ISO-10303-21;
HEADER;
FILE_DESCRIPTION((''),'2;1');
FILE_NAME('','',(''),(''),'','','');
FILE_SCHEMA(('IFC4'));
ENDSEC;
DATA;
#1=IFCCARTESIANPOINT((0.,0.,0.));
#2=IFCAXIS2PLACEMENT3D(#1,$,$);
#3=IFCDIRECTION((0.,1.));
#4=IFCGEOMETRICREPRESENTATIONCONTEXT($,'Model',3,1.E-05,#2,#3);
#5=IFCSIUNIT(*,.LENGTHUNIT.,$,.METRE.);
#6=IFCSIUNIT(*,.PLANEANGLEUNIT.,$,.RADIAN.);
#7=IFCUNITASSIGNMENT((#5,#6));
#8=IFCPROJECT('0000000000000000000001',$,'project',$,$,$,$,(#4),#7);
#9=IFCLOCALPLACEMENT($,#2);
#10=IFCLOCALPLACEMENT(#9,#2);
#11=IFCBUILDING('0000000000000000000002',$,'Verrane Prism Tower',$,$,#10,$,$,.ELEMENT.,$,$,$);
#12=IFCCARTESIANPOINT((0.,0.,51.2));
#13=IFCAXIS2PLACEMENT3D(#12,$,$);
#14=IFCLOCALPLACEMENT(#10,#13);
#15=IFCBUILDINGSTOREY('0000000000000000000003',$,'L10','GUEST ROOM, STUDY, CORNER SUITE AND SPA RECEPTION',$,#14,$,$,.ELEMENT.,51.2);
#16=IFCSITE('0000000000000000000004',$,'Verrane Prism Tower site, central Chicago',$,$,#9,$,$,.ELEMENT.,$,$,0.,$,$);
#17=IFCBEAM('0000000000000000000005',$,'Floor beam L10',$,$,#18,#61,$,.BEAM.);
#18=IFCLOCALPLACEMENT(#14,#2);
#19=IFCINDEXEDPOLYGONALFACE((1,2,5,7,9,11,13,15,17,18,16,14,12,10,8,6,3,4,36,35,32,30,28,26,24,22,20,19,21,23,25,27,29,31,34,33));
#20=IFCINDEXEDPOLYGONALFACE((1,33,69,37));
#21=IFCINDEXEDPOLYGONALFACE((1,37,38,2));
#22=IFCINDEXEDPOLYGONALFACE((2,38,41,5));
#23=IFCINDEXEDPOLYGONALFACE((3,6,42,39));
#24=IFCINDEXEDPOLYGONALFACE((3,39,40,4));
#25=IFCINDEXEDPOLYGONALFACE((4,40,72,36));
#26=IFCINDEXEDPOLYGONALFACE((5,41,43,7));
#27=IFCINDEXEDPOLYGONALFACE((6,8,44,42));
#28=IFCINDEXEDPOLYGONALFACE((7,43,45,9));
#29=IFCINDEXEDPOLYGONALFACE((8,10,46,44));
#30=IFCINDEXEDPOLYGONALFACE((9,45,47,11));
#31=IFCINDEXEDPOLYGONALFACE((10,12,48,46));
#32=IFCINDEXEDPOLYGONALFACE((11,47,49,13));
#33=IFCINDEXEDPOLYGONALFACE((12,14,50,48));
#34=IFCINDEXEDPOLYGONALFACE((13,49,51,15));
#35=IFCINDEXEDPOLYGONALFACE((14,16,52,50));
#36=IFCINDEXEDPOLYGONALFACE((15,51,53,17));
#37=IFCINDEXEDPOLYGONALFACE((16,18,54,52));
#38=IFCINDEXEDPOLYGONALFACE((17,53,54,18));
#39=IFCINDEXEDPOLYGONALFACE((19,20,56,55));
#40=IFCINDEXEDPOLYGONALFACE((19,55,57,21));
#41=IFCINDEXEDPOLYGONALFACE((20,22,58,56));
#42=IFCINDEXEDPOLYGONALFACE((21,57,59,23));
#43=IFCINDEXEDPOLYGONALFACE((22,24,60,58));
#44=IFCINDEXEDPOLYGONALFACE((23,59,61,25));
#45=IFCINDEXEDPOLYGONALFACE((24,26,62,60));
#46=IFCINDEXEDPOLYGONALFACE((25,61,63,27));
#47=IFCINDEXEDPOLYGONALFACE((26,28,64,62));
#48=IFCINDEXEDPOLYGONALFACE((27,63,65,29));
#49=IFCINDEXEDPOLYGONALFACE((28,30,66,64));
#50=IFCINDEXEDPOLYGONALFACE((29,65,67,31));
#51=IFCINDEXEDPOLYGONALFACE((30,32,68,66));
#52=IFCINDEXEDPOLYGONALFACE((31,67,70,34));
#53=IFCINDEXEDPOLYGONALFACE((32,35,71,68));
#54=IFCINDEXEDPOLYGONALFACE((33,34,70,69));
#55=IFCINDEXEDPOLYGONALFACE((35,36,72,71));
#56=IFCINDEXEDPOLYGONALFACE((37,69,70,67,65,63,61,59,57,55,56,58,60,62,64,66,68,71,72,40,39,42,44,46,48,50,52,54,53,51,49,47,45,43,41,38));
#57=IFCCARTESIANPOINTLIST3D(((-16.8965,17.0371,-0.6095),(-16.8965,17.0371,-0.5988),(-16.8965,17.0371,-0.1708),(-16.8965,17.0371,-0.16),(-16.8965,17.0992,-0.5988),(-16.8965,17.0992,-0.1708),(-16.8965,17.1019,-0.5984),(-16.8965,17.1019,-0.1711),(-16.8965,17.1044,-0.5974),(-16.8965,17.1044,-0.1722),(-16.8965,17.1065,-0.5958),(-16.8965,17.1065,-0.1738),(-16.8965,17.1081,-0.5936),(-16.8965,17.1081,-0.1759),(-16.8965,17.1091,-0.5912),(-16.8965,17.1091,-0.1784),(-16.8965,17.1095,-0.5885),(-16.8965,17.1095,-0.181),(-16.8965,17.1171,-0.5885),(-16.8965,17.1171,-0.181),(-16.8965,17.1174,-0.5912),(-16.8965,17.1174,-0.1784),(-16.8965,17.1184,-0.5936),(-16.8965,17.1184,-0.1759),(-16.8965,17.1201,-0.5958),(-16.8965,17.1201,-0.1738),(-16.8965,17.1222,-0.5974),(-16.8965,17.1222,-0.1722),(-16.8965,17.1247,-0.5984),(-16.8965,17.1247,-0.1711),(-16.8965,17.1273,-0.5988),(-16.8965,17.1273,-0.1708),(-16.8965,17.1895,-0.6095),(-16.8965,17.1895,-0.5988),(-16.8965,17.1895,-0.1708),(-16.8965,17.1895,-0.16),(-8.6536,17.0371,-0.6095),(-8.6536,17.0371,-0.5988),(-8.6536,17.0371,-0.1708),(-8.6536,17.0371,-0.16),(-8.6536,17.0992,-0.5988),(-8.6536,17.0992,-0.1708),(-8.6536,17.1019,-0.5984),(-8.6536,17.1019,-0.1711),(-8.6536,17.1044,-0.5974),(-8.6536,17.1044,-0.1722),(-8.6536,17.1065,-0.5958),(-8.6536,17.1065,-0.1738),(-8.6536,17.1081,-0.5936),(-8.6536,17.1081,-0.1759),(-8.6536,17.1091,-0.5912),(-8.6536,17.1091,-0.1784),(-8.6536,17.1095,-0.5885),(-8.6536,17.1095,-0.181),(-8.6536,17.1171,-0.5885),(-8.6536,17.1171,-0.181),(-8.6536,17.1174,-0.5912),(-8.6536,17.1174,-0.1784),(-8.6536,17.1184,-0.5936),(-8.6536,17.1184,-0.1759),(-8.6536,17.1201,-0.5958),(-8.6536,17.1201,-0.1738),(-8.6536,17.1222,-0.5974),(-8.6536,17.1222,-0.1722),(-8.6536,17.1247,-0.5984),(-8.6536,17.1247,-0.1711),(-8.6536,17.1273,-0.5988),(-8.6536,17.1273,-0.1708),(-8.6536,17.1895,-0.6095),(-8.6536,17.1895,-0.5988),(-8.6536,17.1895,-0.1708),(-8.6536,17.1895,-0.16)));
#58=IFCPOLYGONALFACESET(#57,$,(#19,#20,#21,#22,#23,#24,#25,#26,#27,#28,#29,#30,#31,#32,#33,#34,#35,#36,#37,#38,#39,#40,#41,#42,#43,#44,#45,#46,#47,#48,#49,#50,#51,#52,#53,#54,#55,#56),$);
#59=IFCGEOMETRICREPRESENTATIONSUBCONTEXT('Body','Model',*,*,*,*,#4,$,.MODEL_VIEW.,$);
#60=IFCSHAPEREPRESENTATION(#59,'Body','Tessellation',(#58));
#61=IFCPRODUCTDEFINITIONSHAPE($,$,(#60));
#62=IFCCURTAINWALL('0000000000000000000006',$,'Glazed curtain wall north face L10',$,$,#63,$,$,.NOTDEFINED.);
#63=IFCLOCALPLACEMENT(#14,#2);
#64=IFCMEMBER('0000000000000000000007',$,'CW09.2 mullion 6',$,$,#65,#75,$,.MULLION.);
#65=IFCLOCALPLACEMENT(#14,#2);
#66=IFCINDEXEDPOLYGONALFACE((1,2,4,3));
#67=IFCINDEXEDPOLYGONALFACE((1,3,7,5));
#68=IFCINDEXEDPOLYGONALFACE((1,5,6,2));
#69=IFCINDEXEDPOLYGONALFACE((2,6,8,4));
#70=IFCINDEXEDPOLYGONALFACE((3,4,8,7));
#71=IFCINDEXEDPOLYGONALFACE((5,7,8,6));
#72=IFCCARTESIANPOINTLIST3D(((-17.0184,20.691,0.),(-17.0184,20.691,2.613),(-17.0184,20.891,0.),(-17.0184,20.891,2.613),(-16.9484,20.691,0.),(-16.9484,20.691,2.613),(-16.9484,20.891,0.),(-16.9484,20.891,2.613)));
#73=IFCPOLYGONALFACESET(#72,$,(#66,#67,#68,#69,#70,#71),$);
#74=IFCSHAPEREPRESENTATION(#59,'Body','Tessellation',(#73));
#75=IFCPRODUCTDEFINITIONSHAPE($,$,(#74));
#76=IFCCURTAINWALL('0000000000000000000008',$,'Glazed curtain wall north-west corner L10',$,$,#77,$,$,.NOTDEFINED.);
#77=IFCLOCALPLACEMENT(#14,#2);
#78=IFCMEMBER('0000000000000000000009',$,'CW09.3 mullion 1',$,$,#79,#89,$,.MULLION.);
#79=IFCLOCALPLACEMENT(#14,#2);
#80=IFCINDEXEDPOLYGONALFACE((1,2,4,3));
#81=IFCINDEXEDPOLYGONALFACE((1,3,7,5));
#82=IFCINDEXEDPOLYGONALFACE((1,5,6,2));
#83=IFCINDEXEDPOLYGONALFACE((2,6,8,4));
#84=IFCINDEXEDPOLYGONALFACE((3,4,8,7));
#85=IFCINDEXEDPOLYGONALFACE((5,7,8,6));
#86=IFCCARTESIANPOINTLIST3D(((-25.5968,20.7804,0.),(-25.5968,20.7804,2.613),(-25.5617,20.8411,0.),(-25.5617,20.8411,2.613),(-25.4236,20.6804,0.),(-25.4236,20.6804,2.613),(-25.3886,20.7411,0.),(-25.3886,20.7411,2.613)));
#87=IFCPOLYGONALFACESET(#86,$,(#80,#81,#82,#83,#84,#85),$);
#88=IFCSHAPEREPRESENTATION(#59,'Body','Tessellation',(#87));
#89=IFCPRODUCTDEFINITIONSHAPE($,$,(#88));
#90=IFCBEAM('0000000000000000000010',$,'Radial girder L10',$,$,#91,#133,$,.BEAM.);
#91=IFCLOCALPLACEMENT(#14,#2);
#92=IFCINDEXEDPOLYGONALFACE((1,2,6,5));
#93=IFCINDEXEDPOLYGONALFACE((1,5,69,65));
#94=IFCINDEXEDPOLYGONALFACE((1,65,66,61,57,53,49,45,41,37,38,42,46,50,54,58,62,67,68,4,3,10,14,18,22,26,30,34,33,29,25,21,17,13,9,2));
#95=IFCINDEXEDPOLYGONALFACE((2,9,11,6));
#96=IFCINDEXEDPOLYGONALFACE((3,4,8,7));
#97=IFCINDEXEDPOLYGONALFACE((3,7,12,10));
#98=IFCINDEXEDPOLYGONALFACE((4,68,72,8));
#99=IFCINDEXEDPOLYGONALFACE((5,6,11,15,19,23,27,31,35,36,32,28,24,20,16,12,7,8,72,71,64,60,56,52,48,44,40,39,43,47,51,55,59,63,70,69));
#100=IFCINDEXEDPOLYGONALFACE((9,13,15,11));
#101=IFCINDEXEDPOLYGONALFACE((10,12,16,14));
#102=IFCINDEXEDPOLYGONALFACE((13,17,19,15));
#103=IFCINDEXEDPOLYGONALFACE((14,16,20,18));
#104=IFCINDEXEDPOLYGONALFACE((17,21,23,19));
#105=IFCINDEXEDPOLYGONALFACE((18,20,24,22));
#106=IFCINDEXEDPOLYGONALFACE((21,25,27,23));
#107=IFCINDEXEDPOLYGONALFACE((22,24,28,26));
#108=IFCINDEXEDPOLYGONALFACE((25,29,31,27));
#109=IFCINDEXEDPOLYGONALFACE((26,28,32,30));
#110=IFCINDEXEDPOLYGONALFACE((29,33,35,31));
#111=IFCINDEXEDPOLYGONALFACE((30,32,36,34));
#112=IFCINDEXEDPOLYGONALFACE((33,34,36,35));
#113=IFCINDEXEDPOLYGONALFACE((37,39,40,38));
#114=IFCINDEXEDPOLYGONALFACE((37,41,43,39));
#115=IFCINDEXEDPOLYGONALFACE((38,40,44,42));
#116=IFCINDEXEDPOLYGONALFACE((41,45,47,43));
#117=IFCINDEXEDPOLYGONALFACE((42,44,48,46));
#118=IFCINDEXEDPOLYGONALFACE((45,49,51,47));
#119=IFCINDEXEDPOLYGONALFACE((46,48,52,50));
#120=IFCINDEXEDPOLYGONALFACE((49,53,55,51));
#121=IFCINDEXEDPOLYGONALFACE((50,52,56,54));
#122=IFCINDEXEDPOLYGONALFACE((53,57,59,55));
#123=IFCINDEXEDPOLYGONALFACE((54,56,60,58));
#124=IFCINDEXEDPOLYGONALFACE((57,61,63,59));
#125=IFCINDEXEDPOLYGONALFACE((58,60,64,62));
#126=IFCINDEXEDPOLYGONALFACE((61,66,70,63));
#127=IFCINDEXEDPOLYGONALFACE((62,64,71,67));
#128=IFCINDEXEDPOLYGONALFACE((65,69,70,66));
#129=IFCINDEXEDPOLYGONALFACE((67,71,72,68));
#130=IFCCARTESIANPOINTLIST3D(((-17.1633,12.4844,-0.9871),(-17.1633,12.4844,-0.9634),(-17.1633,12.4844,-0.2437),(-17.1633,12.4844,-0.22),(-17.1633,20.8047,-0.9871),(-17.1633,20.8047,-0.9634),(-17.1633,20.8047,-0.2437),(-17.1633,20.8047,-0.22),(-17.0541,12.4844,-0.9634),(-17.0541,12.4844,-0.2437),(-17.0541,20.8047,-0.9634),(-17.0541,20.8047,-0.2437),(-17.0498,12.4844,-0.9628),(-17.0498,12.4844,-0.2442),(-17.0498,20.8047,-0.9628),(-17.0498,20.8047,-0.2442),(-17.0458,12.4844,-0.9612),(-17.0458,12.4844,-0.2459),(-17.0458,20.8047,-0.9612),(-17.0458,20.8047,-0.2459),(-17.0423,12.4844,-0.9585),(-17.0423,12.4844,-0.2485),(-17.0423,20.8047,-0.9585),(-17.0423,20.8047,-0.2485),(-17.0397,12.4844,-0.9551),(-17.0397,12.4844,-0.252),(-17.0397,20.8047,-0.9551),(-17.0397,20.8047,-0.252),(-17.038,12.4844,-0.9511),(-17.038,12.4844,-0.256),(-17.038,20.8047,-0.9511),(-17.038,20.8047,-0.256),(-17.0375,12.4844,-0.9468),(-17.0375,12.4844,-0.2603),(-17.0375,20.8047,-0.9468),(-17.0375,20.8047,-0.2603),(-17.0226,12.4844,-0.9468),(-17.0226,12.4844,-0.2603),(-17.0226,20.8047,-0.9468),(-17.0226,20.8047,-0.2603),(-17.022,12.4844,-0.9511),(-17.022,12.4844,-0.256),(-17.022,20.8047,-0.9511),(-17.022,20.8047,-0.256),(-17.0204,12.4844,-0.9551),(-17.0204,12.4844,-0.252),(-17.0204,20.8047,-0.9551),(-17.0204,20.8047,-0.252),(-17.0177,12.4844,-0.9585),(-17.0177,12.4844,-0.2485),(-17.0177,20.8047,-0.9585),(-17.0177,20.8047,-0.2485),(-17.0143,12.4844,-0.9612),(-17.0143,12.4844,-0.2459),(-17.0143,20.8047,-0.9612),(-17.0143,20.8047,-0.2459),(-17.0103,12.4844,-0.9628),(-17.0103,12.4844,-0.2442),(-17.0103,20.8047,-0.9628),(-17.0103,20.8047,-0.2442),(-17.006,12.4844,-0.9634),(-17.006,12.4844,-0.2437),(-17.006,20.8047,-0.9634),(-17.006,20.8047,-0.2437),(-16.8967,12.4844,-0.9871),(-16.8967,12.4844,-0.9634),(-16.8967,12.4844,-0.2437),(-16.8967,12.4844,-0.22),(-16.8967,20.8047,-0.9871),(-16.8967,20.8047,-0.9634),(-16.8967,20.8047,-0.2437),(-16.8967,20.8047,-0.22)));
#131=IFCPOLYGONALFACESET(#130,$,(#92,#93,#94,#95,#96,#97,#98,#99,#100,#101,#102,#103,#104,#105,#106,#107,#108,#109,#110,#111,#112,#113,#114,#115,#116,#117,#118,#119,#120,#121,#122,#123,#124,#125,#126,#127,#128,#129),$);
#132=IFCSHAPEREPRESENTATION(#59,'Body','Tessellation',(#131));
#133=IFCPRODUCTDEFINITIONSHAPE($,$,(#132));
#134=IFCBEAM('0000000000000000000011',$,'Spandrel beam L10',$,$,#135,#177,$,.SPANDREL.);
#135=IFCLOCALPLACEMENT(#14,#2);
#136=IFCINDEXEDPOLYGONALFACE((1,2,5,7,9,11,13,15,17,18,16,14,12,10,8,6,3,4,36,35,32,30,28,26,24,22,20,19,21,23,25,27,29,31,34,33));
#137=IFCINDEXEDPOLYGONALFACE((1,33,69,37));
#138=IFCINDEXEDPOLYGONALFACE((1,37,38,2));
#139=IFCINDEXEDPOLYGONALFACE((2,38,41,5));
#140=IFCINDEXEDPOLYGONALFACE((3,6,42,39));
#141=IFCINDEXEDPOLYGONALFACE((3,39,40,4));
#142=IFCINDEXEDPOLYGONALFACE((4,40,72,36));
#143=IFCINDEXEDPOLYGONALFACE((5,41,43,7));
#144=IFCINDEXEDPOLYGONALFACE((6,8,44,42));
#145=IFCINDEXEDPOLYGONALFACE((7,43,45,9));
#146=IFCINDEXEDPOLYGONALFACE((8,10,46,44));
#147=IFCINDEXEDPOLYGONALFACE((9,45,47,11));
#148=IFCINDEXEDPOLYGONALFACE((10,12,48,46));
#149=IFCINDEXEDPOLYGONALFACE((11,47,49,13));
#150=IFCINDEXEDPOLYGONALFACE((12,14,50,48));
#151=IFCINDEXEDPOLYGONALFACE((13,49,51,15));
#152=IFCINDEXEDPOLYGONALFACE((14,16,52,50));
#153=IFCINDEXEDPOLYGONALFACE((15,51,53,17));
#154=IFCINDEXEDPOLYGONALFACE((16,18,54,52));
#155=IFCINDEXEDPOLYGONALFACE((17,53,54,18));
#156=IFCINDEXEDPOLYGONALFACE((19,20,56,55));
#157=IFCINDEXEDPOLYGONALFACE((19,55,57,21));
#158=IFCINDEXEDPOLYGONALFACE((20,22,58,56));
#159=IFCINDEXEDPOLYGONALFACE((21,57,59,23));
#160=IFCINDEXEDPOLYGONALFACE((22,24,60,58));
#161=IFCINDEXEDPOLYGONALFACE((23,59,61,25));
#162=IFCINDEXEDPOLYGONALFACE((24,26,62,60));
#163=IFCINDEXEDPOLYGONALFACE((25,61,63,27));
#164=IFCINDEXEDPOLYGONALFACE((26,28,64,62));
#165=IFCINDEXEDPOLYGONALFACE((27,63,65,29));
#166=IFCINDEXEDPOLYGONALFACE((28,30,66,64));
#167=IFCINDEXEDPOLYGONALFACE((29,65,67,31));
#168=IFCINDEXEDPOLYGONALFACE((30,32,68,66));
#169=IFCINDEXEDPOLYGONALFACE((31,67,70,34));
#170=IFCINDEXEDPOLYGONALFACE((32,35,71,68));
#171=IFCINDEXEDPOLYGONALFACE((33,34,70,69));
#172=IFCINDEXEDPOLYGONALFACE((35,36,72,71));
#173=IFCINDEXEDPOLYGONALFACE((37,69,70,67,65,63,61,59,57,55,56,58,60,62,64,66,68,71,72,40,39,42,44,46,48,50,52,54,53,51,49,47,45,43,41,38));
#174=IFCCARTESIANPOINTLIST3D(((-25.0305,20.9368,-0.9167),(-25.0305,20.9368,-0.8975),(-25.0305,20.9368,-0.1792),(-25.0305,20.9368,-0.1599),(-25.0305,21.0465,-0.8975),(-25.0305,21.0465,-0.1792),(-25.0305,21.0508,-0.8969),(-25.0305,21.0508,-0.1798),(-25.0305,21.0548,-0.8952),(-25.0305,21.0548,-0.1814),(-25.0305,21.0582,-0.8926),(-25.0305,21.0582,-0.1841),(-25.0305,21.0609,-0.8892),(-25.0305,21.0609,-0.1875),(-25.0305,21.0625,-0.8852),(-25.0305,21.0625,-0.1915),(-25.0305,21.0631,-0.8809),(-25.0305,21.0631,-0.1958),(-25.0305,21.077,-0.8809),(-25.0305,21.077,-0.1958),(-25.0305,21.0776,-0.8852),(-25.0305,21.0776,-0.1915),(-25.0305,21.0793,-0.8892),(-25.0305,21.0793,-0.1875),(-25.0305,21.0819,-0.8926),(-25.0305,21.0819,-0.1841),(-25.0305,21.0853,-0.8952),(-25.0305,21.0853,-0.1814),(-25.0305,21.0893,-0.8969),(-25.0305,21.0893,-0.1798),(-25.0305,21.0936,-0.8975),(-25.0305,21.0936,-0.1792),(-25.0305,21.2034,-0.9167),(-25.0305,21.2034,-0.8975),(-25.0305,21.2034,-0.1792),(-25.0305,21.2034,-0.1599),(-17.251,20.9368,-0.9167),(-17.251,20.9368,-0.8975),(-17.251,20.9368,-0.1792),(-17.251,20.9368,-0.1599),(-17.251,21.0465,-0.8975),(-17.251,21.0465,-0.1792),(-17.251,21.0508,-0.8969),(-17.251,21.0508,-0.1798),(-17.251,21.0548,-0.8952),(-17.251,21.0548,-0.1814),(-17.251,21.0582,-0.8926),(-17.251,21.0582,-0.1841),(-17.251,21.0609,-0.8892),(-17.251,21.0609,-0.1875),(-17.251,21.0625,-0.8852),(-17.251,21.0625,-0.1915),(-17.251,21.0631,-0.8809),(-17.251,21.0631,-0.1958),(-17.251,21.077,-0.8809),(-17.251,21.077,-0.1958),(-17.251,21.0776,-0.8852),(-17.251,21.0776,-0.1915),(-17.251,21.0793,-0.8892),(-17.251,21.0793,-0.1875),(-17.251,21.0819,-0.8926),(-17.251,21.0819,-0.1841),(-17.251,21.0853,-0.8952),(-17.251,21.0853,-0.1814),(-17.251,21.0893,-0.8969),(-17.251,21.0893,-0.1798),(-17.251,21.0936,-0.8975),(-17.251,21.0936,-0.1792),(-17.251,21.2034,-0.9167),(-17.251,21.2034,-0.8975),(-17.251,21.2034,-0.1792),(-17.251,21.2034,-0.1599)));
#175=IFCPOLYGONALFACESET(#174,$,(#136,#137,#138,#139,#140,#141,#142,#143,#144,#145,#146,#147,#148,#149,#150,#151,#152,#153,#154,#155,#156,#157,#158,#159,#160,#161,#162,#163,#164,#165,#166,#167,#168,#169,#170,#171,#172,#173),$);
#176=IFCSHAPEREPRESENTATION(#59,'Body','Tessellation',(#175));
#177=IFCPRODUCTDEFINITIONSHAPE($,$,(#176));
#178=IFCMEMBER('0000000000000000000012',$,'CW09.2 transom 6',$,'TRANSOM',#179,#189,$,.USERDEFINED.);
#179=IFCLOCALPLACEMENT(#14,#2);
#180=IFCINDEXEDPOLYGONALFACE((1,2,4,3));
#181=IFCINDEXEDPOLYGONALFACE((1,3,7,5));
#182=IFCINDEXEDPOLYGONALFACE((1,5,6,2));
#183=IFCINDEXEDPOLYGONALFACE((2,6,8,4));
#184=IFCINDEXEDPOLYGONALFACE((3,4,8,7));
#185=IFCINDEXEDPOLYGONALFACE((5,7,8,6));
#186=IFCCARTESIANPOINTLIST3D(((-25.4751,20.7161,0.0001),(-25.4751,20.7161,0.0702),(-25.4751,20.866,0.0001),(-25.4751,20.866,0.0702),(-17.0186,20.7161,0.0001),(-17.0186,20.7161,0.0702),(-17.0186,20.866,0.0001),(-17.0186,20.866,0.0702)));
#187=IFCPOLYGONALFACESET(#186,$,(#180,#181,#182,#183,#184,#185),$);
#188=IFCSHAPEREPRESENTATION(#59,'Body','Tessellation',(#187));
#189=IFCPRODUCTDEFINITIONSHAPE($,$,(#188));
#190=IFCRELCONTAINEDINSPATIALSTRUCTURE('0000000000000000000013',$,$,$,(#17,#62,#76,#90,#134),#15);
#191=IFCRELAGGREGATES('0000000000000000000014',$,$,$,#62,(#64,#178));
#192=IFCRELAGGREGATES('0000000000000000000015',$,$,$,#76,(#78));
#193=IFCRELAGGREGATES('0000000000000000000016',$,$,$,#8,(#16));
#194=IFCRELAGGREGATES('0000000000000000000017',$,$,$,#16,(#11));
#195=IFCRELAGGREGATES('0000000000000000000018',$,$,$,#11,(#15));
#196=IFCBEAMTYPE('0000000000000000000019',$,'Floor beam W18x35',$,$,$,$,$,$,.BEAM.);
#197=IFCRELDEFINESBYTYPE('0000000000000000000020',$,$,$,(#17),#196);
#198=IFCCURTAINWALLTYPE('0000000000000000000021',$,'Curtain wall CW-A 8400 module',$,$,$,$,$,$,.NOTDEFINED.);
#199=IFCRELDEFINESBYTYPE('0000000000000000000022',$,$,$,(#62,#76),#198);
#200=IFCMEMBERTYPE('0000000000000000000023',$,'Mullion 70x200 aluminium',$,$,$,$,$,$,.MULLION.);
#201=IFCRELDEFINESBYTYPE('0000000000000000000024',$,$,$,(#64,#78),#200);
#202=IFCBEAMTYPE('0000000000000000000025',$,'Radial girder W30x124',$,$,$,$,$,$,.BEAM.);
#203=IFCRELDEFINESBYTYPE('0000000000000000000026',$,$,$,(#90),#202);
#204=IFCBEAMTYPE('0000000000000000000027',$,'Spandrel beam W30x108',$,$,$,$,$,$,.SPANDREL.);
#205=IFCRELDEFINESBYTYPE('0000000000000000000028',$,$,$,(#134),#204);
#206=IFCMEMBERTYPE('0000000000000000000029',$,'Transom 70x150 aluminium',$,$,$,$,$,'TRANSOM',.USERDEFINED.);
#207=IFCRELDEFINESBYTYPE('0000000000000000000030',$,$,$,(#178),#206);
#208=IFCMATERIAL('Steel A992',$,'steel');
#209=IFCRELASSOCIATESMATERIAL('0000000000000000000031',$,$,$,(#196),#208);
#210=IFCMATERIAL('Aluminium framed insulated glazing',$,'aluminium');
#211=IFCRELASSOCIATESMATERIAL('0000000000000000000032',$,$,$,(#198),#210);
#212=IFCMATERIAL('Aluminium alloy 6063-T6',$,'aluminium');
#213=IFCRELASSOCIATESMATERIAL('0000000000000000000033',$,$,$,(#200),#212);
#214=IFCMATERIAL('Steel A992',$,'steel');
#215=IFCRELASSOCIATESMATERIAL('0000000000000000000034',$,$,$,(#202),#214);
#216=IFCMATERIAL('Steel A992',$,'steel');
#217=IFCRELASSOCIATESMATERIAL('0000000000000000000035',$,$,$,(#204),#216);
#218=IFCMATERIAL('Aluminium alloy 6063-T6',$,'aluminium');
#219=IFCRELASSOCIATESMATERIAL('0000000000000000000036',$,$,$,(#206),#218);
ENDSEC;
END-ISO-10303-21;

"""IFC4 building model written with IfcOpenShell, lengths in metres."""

from ifc_helpers import new_model, si_unit, direction, frame, origin, origin_2d, place, context, subcontext, project, spatial, rectangle, i_section, extrude, material, material_profile, profile_set, type_object, element, aggregate, save


model = new_model("IFC4")

# Units and contexts
model_context = context("Model", 3, precision=1e-05, world=origin(), true_north=direction((0.0, 1.0)))
body_context = subcontext(model_context, "Body", "Model", "MODEL_VIEW")
ifc_project = project(units=[si_unit("LENGTHUNIT", "METRE"), si_unit("PLANEANGLEUNIT", "RADIAN")], contexts=[model_context])

# Site, building, storey
site_placement = place(None, origin())
site = spatial("IfcSite", under=ifc_project, at=site_placement, Name="Verrane Prism Tower site, central Chicago", CompositionType="ELEMENT", RefElevation=0.0)
building_placement = place(site_placement, origin())
building = spatial("IfcBuilding", under=site, at=building_placement, Name="Verrane Prism Tower", CompositionType="ELEMENT")
storey_placement = place(building_placement, frame((0.0, 0.0, 51.2)))
storey = spatial("IfcBuildingStorey", under=building, at=storey_placement, Name="L10", Description="GUEST ROOM, STUDY, CORNER SUITE AND SPA RECEPTION", CompositionType="ELEMENT", Elevation=51.2)

# Beam
ifc_material_1 = material(Name="Steel A992", Category="steel")
ifc_material_profile_1 = material_profile(ifc_material_1, i_section(OverallWidth=0.1523, OverallDepth=0.4495, WebThickness=0.0076, FlangeThickness=0.0107, FilletRadius=0.0103, at=origin_2d()), Name="W18x35")
ifc_profile_set_1 = profile_set([ifc_material_profile_1], Name="Steel A992")
beam_type_1 = type_object("IfcBeamType", Name="Floor beam W18x35", PredefinedType="BEAM", material=ifc_profile_set_1)
for number, where, z_axis, x_axis, name in (
    (1, (-16.8965, 17.1133, -0.3848), (1.0, 0.0, 0.0), (0.0, 1.0, 0.0), "Floor beam L10"),
):
    element("IfcBeam", number, at=place(storey_placement, frame(where, z_axis=z_axis, x_axis=x_axis)), inside=storey, type_object=beam_type_1, Name=name, PredefinedType="BEAM", context=body_context, shape_type="SweptSolid", body=[
        extrude(i_section(OverallWidth=0.1523, OverallDepth=0.4495, WebThickness=0.0076, FlangeThickness=0.0107, FilletRadius=0.0103, at=origin_2d()), origin(), (0.0, 0.0, 1.0), 8.2429),
    ])

# Curtain walls, members
ifc_material_2 = material(Name="Aluminium framed insulated glazing", Category="aluminium")
curtain_wall_type = type_object("IfcCurtainWallType", Name="Curtain wall CW-A 8400 module", PredefinedType="NOTDEFINED", material=ifc_material_2)
curtain_wall_1_placement = place(storey_placement, origin())
curtain_wall_1 = element("IfcCurtainWall", 2, at=curtain_wall_1_placement, inside=storey, type_object=curtain_wall_type, Name="Glazed curtain wall north face L10", PredefinedType="NOTDEFINED")
ifc_material_3 = material(Name="Aluminium alloy 6063-T6", Category="aluminium")
ifc_material_profile_2 = material_profile(ifc_material_3, rectangle(XDim=0.2, YDim=0.0701, at=origin_2d()), Name="Mullion 70x200 aluminium")
ifc_profile_set_2 = profile_set([ifc_material_profile_2], Name="Aluminium alloy 6063-T6")
member_type_1 = type_object("IfcMemberType", Name="Mullion 70x200 aluminium", PredefinedType="MULLION", material=ifc_profile_set_2)
member_1_placement = place(storey_placement, frame((-16.9834, 20.791, 0.0), z_axis=(0.0, 0.0, 1.0), x_axis=(0.0, -1.0, 0.0)))
member_1 = element("IfcMember", 3, at=member_1_placement, type_object=member_type_1, Name="CW09.2 mullion 6", PredefinedType="MULLION", context=body_context, shape_type="SweptSolid", body=[
    extrude(rectangle(XDim=0.2, YDim=0.0701, at=origin_2d()), origin(), (0.0, 0.0, 1.0), 2.613),
])
curtain_wall_2_placement = place(storey_placement, origin())
curtain_wall_2 = element("IfcCurtainWall", 4, at=curtain_wall_2_placement, inside=storey, type_object=curtain_wall_type, Name="Glazed curtain wall north-west corner L10", PredefinedType="NOTDEFINED")
member_2_placement = place(storey_placement, frame((-25.4927, 20.7607, 0.0), z_axis=(0.0, 0.0, 1.0), x_axis=(0.866026, -0.499999, 0.0)))
member_2 = element("IfcMember", 5, at=member_2_placement, type_object=member_type_1, Name="CW09.3 mullion 1", PredefinedType="MULLION", context=body_context, shape_type="SweptSolid", body=[
    extrude(rectangle(XDim=0.2, YDim=0.0701, at=origin_2d()), origin(), (0.0, 0.0, 1.0), 2.613),
])

# Beams
ifc_material_4 = material(Name="Steel A992", Category="steel")
ifc_material_profile_3 = material_profile(ifc_material_4, i_section(OverallWidth=0.2666, OverallDepth=0.7671, WebThickness=0.0149, FlangeThickness=0.0237, FilletRadius=0.0166, at=origin_2d()), Name="W30x124")
ifc_profile_set_3 = profile_set([ifc_material_profile_3], Name="Steel A992")
beam_type_2 = type_object("IfcBeamType", Name="Radial girder W30x124", PredefinedType="BEAM", material=ifc_profile_set_3)
beam_1_placement = place(storey_placement, frame((-17.03, 20.8047, -0.6035), z_axis=(0.0, -1.0, 0.0), x_axis=(1.0, 0.0, 0.0)))
element("IfcBeam", 6, at=beam_1_placement, inside=storey, type_object=beam_type_2, Name="Radial girder L10", PredefinedType="BEAM", context=body_context, shape_type="SweptSolid", body=[
    extrude(i_section(OverallWidth=0.2666, OverallDepth=0.7671, WebThickness=0.0149, FlangeThickness=0.0237, FilletRadius=0.0166, at=origin_2d()), origin(), (0.0, 0.0, 1.0), 8.3203),
])
ifc_material_5 = material(Name="Steel A992", Category="steel")
ifc_material_profile_4 = material_profile(ifc_material_5, i_section(OverallWidth=0.2666, OverallDepth=0.7568, WebThickness=0.0139, FlangeThickness=0.0193, FilletRadius=0.0166, at=origin_2d()), Name="W30x108")
ifc_profile_set_4 = profile_set([ifc_material_profile_4], Name="Steel A992")
beam_type_3 = type_object("IfcBeamType", Name="Spandrel beam W30x108", PredefinedType="SPANDREL", material=ifc_profile_set_4)
beam_2_placement = place(storey_placement, frame((-17.251, 21.0701, -0.5383), z_axis=(-1.0, 0.0, 0.0), x_axis=(0.0, -1.0, 0.0)))
element("IfcBeam", 7, at=beam_2_placement, inside=storey, type_object=beam_type_3, Name="Spandrel beam L10", PredefinedType="SPANDREL", context=body_context, shape_type="SweptSolid", body=[
    extrude(i_section(OverallWidth=0.2666, OverallDepth=0.7568, WebThickness=0.0139, FlangeThickness=0.0193, FilletRadius=0.0166, at=origin_2d()), origin(), (0.0, 0.0, 1.0), 7.7795),
])

# Member
ifc_material_6 = material(Name="Aluminium alloy 6063-T6", Category="aluminium")
ifc_material_profile_5 = material_profile(ifc_material_6, rectangle(XDim=0.1499, YDim=0.0701, at=origin_2d()), Name="Transom 70x150 aluminium")
ifc_profile_set_5 = profile_set([ifc_material_profile_5], Name="Aluminium alloy 6063-T6")
member_type_2 = type_object("IfcMemberType", Name="Transom 70x150 aluminium", ElementType="TRANSOM", PredefinedType="USERDEFINED", material=ifc_profile_set_5)
member_3_placement = place(storey_placement, frame((-17.0186, 20.791, 0.0352), z_axis=(-1.0, 0.0, 0.0), x_axis=(0.0, -1.0, 0.0)))
member_3 = element("IfcMember", 8, at=member_3_placement, type_object=member_type_2, Name="CW09.2 transom 6", ObjectType="TRANSOM", PredefinedType="USERDEFINED", context=body_context, shape_type="SweptSolid", body=[
    extrude(rectangle(XDim=0.1499, YDim=0.0701, at=origin_2d()), origin(), (0.0, 0.0, 1.0), 8.4565),
])

aggregate(curtain_wall_1, [member_1, member_3])
aggregate(curtain_wall_2, [member_2])

save(model, "model.ifc")
